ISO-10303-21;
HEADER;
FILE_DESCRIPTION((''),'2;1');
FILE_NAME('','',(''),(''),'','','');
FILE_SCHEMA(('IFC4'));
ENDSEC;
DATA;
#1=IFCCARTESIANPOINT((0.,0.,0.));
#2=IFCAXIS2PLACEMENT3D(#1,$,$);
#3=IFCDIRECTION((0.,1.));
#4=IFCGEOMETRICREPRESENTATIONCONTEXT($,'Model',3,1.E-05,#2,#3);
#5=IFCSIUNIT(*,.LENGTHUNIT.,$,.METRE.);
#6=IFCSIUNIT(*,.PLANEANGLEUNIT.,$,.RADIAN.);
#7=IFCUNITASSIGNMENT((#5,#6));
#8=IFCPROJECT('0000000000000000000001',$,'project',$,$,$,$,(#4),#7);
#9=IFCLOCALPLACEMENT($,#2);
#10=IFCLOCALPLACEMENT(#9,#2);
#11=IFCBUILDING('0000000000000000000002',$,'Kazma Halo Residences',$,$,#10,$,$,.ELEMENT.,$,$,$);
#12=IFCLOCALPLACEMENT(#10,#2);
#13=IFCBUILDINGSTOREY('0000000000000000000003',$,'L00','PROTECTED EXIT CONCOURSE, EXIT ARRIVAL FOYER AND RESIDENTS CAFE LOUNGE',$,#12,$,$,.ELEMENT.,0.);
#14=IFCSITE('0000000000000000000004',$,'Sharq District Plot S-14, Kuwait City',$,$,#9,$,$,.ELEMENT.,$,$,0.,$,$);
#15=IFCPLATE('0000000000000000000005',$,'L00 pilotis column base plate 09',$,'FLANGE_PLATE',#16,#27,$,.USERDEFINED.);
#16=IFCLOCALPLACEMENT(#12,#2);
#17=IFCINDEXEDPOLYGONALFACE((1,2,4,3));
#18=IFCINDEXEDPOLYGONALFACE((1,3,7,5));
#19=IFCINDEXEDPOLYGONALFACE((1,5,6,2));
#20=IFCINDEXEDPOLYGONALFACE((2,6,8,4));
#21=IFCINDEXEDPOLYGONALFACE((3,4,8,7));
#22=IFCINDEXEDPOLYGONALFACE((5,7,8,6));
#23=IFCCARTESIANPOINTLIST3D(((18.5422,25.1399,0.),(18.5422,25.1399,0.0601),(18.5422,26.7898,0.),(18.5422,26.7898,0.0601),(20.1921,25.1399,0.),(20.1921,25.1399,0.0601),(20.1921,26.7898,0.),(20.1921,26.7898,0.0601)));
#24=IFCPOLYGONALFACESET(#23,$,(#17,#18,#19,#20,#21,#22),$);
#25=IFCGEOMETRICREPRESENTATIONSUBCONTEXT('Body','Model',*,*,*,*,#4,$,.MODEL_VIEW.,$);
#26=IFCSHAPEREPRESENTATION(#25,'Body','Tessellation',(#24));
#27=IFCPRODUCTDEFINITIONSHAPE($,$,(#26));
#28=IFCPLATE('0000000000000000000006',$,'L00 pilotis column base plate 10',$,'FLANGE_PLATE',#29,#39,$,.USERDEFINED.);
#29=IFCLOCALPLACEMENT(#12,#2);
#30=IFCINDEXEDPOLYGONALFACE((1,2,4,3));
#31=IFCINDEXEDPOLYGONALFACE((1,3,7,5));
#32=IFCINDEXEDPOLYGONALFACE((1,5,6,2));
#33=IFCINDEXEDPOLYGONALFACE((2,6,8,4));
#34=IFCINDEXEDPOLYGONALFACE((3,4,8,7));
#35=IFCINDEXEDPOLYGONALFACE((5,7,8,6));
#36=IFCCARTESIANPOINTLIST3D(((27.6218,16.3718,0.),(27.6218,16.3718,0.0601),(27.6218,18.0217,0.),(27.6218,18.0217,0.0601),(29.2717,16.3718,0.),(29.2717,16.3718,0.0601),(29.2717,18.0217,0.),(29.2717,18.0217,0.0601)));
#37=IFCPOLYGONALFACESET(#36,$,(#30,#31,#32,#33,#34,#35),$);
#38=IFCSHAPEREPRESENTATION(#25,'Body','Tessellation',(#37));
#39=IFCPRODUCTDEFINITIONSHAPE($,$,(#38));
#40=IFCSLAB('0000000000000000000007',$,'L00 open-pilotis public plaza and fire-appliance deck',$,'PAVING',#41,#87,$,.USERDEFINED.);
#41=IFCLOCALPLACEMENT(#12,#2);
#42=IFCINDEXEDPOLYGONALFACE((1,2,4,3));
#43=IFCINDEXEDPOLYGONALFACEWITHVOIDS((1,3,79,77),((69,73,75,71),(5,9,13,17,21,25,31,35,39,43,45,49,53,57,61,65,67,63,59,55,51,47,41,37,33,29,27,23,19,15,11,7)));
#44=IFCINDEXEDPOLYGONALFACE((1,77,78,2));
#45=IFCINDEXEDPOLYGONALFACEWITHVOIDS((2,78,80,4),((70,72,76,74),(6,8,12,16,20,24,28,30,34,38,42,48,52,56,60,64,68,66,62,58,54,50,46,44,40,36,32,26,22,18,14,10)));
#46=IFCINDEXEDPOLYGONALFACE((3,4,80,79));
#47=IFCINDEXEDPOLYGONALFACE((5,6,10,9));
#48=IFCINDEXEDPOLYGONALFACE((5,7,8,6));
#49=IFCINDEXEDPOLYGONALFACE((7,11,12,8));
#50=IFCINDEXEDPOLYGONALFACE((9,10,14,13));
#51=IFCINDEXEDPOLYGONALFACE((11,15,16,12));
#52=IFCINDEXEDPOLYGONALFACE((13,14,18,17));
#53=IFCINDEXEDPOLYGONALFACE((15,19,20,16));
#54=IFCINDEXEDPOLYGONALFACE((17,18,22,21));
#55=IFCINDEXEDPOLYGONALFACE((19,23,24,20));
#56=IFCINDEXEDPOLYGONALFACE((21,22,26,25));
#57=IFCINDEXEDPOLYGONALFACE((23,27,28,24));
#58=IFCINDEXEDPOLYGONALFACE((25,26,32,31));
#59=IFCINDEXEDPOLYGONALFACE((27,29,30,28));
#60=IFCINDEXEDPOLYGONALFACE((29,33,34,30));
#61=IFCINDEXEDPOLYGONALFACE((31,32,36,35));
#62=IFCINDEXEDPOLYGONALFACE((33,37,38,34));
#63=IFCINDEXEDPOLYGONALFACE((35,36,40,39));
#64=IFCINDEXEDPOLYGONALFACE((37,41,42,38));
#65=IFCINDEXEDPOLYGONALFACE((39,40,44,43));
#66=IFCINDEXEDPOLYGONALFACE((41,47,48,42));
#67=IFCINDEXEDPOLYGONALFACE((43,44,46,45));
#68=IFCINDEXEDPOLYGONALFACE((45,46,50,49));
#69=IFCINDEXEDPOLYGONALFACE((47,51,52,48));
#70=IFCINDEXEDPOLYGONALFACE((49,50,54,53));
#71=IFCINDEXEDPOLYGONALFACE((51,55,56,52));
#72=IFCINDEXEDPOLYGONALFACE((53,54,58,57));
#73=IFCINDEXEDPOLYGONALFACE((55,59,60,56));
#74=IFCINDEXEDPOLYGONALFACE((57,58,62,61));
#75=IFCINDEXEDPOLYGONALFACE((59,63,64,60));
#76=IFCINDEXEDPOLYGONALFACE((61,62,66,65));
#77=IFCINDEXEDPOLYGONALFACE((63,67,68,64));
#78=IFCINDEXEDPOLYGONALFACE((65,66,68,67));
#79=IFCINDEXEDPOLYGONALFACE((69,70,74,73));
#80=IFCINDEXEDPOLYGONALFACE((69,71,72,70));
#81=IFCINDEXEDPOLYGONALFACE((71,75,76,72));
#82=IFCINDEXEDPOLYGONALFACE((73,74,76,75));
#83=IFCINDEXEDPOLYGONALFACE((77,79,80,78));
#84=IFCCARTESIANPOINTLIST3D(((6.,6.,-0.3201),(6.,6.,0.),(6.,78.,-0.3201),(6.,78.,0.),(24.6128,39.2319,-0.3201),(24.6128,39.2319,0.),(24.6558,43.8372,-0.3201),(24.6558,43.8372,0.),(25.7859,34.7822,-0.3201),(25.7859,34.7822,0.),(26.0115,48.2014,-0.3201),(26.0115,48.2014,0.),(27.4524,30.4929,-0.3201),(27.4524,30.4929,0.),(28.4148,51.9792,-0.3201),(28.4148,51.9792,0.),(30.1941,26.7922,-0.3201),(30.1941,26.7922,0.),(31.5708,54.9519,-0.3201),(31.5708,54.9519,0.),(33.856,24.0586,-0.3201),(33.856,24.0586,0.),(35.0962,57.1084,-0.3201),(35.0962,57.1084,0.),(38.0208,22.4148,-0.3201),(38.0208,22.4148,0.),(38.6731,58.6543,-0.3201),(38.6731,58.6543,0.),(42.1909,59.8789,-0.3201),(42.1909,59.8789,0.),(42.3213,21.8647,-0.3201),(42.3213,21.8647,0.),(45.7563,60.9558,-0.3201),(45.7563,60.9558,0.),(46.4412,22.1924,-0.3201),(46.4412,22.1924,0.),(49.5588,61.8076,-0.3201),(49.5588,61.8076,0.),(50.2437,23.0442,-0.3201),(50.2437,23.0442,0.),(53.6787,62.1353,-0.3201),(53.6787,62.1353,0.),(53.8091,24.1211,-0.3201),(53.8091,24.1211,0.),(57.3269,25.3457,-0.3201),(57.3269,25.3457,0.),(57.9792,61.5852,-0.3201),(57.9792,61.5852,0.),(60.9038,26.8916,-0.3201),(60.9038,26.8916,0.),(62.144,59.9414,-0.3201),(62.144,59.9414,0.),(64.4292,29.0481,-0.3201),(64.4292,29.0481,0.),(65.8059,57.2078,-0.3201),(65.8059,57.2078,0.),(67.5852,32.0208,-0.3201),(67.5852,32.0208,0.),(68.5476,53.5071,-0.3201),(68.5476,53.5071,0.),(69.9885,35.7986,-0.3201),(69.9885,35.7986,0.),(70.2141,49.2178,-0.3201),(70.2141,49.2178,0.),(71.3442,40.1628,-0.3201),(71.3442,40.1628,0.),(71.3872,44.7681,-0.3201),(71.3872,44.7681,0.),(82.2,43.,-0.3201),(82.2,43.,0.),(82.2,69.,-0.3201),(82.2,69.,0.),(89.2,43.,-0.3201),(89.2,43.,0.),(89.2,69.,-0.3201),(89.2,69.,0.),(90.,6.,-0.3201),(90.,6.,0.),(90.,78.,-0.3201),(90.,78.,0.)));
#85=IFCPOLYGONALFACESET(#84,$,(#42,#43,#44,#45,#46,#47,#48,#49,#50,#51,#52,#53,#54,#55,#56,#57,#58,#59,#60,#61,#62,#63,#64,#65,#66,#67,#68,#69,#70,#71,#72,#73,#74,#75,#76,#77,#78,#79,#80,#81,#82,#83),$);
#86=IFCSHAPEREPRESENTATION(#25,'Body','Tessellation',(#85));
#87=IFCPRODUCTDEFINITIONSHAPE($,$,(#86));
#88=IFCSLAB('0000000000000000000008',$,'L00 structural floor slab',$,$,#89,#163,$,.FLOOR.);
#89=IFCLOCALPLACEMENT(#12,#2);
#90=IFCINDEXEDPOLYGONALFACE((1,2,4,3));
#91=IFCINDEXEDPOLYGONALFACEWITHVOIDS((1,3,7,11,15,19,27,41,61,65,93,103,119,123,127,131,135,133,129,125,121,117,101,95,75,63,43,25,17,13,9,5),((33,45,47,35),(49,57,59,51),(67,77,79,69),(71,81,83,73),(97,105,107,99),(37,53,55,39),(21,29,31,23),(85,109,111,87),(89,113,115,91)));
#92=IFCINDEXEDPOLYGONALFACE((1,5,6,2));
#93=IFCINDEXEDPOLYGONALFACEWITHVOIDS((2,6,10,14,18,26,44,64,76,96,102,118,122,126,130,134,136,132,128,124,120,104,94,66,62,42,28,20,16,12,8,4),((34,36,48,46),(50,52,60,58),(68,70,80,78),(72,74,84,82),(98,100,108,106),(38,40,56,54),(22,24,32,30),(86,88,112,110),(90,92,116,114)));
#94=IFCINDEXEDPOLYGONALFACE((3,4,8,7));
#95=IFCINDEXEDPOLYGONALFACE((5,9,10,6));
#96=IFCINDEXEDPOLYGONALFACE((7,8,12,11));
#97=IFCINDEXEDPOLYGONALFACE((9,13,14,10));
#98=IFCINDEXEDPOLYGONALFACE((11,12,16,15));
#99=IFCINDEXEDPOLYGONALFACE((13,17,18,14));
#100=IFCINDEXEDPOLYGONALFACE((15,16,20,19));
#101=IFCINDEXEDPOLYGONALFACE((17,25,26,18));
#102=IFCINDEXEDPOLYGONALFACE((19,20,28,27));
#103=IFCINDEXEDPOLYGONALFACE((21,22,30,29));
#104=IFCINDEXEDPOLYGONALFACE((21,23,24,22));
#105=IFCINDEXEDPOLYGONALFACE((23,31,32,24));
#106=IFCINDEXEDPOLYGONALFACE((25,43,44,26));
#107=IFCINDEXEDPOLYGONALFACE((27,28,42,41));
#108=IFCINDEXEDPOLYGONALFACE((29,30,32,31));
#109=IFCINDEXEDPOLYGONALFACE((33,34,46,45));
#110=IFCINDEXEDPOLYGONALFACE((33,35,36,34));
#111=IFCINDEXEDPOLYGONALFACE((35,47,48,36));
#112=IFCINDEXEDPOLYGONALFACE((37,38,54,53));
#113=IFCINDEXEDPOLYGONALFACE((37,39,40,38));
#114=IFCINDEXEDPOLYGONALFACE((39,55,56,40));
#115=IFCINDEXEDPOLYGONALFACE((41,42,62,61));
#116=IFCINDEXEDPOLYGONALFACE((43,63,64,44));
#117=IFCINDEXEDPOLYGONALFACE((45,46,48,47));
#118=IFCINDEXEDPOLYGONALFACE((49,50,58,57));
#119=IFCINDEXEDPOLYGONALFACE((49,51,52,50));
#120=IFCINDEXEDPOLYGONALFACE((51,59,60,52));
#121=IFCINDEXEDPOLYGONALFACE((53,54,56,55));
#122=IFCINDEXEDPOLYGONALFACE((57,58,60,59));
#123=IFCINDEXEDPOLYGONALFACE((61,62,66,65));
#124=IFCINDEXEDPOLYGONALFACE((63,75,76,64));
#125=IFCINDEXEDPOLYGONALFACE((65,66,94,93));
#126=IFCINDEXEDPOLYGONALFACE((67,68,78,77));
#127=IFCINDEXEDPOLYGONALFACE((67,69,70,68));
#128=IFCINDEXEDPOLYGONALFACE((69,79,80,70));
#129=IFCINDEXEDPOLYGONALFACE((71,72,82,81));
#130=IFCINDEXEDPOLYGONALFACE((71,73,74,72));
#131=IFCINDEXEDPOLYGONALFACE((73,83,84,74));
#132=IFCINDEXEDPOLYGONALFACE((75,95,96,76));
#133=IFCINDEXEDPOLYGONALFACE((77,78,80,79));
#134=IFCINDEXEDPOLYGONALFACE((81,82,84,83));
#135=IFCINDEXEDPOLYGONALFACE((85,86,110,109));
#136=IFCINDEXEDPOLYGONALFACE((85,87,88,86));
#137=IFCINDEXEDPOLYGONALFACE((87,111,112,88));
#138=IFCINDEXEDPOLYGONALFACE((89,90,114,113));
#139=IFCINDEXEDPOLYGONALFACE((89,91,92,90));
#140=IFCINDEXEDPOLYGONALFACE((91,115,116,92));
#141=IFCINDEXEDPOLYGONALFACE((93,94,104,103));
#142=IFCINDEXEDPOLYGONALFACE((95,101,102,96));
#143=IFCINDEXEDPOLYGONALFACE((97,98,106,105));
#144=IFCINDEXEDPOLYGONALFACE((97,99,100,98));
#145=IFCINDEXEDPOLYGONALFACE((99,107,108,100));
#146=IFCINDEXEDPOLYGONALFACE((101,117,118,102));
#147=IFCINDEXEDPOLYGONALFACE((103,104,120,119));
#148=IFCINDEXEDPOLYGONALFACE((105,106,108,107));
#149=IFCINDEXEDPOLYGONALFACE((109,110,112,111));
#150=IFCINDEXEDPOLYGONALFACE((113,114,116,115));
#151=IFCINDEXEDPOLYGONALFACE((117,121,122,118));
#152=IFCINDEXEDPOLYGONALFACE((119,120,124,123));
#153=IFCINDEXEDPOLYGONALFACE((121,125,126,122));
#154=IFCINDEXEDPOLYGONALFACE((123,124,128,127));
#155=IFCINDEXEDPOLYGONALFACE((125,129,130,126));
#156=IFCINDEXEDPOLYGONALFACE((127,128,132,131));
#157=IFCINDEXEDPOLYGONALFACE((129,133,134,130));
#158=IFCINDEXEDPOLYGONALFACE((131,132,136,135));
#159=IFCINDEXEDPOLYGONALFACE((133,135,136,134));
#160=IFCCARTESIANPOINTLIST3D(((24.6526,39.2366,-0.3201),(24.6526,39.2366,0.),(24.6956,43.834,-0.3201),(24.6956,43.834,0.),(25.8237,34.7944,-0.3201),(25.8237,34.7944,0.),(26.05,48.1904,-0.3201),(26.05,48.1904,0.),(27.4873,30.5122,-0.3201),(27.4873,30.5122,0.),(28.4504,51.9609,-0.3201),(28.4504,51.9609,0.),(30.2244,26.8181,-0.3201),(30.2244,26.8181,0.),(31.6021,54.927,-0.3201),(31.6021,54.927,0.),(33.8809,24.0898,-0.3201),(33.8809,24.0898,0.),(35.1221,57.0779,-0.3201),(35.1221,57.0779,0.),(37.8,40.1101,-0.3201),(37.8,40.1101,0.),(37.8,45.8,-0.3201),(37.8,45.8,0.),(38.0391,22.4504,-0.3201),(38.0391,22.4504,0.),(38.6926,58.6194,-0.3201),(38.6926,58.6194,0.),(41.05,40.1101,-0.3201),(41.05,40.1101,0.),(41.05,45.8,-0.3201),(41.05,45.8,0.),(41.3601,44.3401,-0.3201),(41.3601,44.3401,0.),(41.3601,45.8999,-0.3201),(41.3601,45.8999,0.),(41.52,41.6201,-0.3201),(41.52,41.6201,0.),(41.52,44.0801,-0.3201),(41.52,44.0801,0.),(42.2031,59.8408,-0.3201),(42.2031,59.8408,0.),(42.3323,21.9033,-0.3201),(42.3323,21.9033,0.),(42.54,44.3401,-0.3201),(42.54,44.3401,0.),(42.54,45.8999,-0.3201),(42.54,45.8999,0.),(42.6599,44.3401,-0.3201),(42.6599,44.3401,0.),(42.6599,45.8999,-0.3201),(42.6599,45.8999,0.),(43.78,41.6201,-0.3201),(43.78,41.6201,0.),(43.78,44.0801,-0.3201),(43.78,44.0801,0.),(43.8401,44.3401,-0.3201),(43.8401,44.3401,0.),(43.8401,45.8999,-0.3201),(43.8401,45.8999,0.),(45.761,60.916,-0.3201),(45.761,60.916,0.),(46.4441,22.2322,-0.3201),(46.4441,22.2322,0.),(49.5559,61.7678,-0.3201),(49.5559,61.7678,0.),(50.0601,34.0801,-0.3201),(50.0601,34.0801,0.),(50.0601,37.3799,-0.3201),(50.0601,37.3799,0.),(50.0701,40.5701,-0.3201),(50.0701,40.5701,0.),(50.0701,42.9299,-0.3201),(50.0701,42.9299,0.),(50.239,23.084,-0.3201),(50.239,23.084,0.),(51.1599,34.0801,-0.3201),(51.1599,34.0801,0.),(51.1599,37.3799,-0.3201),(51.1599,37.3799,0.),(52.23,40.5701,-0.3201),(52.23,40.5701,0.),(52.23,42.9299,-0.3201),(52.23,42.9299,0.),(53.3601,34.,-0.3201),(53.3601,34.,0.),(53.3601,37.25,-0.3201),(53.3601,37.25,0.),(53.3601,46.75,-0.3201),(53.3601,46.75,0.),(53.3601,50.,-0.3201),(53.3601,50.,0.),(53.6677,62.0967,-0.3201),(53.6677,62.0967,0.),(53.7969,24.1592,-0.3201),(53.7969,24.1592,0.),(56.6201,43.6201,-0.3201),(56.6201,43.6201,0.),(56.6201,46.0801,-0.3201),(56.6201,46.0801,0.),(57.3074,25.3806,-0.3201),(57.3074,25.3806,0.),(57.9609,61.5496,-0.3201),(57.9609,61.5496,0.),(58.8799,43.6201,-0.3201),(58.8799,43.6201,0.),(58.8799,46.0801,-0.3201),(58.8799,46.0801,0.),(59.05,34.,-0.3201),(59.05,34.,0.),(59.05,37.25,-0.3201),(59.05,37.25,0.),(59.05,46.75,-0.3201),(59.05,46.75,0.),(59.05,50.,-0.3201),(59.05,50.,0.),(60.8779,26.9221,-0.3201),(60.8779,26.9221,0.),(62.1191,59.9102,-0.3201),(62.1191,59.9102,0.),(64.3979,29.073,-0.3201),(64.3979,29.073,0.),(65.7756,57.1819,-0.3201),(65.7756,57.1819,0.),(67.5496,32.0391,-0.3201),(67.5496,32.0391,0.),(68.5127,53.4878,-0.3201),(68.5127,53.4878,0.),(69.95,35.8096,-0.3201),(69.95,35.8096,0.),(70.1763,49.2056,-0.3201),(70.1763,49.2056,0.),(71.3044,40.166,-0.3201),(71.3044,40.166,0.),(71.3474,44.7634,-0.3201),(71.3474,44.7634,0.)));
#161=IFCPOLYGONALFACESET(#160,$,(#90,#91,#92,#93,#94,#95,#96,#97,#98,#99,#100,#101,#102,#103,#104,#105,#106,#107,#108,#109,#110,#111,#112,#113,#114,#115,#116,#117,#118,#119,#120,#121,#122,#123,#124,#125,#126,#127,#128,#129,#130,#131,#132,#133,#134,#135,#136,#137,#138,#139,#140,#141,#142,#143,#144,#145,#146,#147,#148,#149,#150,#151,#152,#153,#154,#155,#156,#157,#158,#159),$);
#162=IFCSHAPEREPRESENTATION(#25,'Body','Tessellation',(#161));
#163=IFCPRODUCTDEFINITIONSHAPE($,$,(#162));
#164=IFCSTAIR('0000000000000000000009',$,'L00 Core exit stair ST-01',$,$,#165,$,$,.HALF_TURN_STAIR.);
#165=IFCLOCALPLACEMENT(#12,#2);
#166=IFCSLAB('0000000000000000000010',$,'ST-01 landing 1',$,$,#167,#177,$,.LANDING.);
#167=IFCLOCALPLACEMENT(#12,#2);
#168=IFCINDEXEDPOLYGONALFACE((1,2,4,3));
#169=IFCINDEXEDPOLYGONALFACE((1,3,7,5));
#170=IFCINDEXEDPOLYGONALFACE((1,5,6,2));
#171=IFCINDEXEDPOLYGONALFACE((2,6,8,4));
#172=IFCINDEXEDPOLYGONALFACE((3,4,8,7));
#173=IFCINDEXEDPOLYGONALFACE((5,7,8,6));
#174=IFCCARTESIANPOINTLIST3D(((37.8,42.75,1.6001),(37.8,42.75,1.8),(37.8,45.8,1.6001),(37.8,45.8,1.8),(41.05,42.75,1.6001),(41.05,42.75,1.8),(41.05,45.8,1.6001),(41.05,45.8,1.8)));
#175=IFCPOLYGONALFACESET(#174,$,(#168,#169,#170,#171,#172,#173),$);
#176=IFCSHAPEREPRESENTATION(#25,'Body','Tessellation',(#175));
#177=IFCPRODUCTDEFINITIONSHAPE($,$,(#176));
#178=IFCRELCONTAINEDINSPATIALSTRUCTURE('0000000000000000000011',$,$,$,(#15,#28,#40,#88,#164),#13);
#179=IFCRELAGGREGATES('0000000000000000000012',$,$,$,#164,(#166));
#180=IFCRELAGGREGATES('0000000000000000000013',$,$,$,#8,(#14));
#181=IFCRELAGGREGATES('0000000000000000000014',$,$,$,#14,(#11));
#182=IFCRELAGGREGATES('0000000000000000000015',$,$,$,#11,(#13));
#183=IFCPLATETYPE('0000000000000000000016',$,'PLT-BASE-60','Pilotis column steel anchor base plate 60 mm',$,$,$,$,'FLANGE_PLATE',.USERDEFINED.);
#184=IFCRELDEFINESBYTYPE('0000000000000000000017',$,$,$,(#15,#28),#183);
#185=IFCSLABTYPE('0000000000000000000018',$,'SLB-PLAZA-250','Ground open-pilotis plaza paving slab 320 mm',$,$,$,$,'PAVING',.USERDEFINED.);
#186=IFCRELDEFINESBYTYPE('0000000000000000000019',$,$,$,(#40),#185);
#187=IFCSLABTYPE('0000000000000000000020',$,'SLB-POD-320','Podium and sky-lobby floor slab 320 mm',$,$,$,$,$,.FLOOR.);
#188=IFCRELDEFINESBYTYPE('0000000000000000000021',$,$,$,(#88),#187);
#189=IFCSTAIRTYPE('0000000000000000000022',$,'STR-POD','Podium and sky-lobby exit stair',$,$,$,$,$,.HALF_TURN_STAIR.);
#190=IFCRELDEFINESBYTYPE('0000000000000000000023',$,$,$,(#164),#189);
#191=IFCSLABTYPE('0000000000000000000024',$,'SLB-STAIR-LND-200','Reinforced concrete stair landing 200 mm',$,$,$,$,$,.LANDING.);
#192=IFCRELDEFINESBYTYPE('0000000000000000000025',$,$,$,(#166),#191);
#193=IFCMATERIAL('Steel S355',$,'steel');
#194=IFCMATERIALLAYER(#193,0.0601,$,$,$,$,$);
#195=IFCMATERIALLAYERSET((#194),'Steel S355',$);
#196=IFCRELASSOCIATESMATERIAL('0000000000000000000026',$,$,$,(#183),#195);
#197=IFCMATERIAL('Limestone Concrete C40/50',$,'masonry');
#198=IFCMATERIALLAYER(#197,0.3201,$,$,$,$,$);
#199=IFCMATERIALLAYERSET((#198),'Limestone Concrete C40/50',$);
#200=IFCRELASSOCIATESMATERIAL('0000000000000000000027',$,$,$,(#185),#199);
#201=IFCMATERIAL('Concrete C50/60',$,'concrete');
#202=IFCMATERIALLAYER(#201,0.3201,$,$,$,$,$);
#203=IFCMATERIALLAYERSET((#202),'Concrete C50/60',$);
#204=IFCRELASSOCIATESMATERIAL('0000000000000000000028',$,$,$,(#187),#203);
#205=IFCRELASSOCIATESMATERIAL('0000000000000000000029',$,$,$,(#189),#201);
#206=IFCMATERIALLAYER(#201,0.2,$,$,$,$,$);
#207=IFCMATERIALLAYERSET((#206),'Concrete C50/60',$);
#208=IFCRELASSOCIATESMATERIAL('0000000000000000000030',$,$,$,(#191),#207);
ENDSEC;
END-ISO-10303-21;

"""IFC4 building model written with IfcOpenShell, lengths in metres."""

from ifc_helpers import new_model, si_unit, direction, frame, origin, origin_2d, place, context, subcontext, project, spatial, polyline, rectangle, outline, extrude, material, layer, layer_set, type_object, element, aggregate, save


model = new_model("IFC4")

# Units and contexts
model_context = context("Model", 3, precision=1e-05, world=origin(), true_north=direction((0.0, 1.0)))
body_context = subcontext(model_context, "Body", "Model", "MODEL_VIEW")
ifc_project = project(units=[si_unit("LENGTHUNIT", "METRE"), si_unit("PLANEANGLEUNIT", "RADIAN")], contexts=[model_context])

# Site, building, storey
site_placement = place(None, origin())
site = spatial("IfcSite", under=ifc_project, at=site_placement, Name="Sharq District Plot S-14, Kuwait City", CompositionType="ELEMENT", RefElevation=0.0)
building_placement = place(site_placement, origin())
building = spatial("IfcBuilding", under=site, at=building_placement, Name="Kazma Halo Residences", CompositionType="ELEMENT")
storey_placement = place(building_placement, origin())
storey = spatial("IfcBuildingStorey", under=building, at=storey_placement, Name="L00", Description="PROTECTED EXIT CONCOURSE, EXIT ARRIVAL FOYER AND RESIDENTS CAFE LOUNGE", CompositionType="ELEMENT", Elevation=0.0)

# Shared definitions
ifc_material_1 = material(Name="Concrete C50/60", Category="concrete")

# Shared definitions
ifc_material_2 = material(Name="Steel S355", Category="steel")

# Plates
ifc_layer_1 = layer(ifc_material_2, 0.0601)
ifc_layer_set_1 = layer_set([ifc_layer_1], Name="Steel S355")
plate_type_1 = type_object("IfcPlateType", Name="PLT-BASE-60", Description="Pilotis column steel anchor base plate 60 mm", ElementType="FLANGE_PLATE", PredefinedType="USERDEFINED", material=ifc_layer_set_1)
for number, where, z_axis, x_axis, name in (
    (1, (19.3672, 25.9648, 0.0), (0.0, 0.0, 1.0), (1.0, 0.0, 0.0), "L00 pilotis column base plate 09"),
    (2, (28.4468, 17.1968, 0.0), (0.0, 0.0, 1.0), (1.0, 0.0, 0.0), "L00 pilotis column base plate 10"),
):
    element("IfcPlate", number, at=place(storey_placement, frame(where, z_axis=z_axis, x_axis=x_axis)), inside=storey, type_object=plate_type_1, Name=name, ObjectType="FLANGE_PLATE", PredefinedType="USERDEFINED", context=body_context, shape_type="SweptSolid", body=[
        extrude(rectangle(XDim=1.6499, YDim=1.6499, at=origin_2d()), origin(), (0.0, 0.0, 1.0), 0.0601),
    ])

# Slabs
ifc_material_3 = material(Name="Limestone Concrete C40/50", Category="masonry")
ifc_layer_2 = layer(ifc_material_3, 0.3201)
ifc_layer_set_2 = layer_set([ifc_layer_2], Name="Limestone Concrete C40/50")
slab_type_1 = type_object("IfcSlabType", Name="SLB-PLAZA-250", Description="Ground open-pilotis plaza paving slab 320 mm", ElementType="PAVING", PredefinedType="USERDEFINED", material=ifc_layer_set_2)
slab_1_placement = place(storey_placement, frame((0.0, 0.0, -0.3201)))
element("IfcSlab", 3, at=slab_1_placement, inside=storey, type_object=slab_type_1, Name="L00 open-pilotis public plaza and fire-appliance deck", ObjectType="PAVING", PredefinedType="USERDEFINED", context=body_context, shape_type="SweptSolid", body=[
    extrude(outline(polyline([(6.0, 6.0), (90.0, 6.0), (90.0, 78.0), (6.0, 78.0), (6.0, 6.0)]), holes=[polyline([(70.2141, 49.2178), (68.5476, 53.5071), (65.8059, 57.2078), (62.144, 59.9414), (57.9792, 61.5852), (53.6787, 62.1353), (49.5588, 61.8076), (45.7563, 60.9558), (42.1909, 59.8789), (38.6731, 58.6543), (35.0962, 57.1084), (31.5708, 54.9519), (28.4148, 51.9792), (26.0115, 48.2014), (24.6558, 43.8372), (24.6128, 39.2319), (25.7859, 34.7822), (27.4524, 30.4929), (30.1941, 26.7922), (33.856, 24.0586), (38.0208, 22.4148), (42.3213, 21.8647), (46.4412, 22.1924), (50.2437, 23.0442), (53.8091, 24.1211), (57.3269, 25.3457), (60.9038, 26.8916), (64.4292, 29.0481), (67.5852, 32.0208), (69.9885, 35.7986), (71.3442, 40.1628), (71.3872, 44.7681), (70.2141, 49.2178)]), polyline([(82.2, 43.0), (89.2, 43.0), (89.2, 69.0), (82.2, 69.0), (82.2, 43.0)])]), origin(), (0.0, 0.0, 1.0), 0.3201),
])
ifc_layer_3 = layer(ifc_material_1, 0.3201)
ifc_layer_set_3 = layer_set([ifc_layer_3], Name="Concrete C50/60")
slab_type_2 = type_object("IfcSlabType", Name="SLB-POD-320", Description="Podium and sky-lobby floor slab 320 mm", PredefinedType="FLOOR", material=ifc_layer_set_3)
slab_2_placement = place(storey_placement, frame((0.0, 0.0, -0.3201)))
element("IfcSlab", 4, at=slab_2_placement, inside=storey, type_object=slab_type_2, Name="L00 structural floor slab", PredefinedType="FLOOR", context=body_context, shape_type="SweptSolid", body=[
    extrude(outline(polyline([(70.1763, 49.2056), (68.5127, 53.4878), (65.7756, 57.1819), (62.1191, 59.9102), (57.9609, 61.5496), (53.6677, 62.0967), (49.5559, 61.7678), (45.761, 60.916), (42.2031, 59.8408), (38.6926, 58.6194), (35.1221, 57.0779), (31.6021, 54.927), (28.4504, 51.9609), (26.05, 48.1904), (24.6956, 43.834), (24.6526, 39.2366), (25.8237, 34.7944), (27.4873, 30.5122), (30.2244, 26.8181), (33.8809, 24.0898), (38.0391, 22.4504), (42.3323, 21.9033), (46.4441, 22.2322), (50.239, 23.084), (53.7969, 24.1592), (57.3074, 25.3806), (60.8779, 26.9221), (64.3979, 29.073), (67.5496, 32.0391), (69.95, 35.8096), (71.3044, 40.166), (71.3474, 44.7634), (70.1763, 49.2056)]), holes=[polyline([(37.8, 40.1101), (41.05, 40.1101), (41.05, 45.8), (37.8, 45.8), (37.8, 40.1101)]), polyline([(53.3601, 46.75), (59.05, 46.75), (59.05, 50.0), (53.3601, 50.0), (53.3601, 46.75)]), polyline([(53.3601, 34.0), (59.05, 34.0), (59.05, 37.25), (53.3601, 37.25), (53.3601, 34.0)]), polyline([(41.52, 41.6201), (43.78, 41.6201), (43.78, 44.0801), (41.52, 44.0801), (41.52, 41.6201)]), polyline([(56.6201, 43.6201), (58.8799, 43.6201), (58.8799, 46.0801), (56.6201, 46.0801), (56.6201, 43.6201)]), polyline([(50.0701, 40.5701), (52.23, 40.5701), (52.23, 42.9299), (50.0701, 42.9299), (50.0701, 40.5701)]), polyline([(41.3601, 44.3401), (42.54, 44.3401), (42.54, 45.8999), (41.3601, 45.8999), (41.3601, 44.3401)]), polyline([(42.6599, 44.3401), (43.8401, 44.3401), (43.8401, 45.8999), (42.6599, 45.8999), (42.6599, 44.3401)]), polyline([(50.0601, 34.0801), (51.1599, 34.0801), (51.1599, 37.3799), (50.0601, 37.3799), (50.0601, 34.0801)])]), origin(), (0.0, 0.0, 1.0), 0.3201),
])

# Stair, slab
stair_type = type_object("IfcStairType", Name="STR-POD", Description="Podium and sky-lobby exit stair", PredefinedType="HALF_TURN_STAIR", material=ifc_material_1)
stair_1_placement = place(storey_placement, origin())
stair_1 = element("IfcStair", 5, at=stair_1_placement, inside=storey, type_object=stair_type, Name="L00 Core exit stair ST-01", PredefinedType="HALF_TURN_STAIR")
ifc_layer_4 = layer(ifc_material_1, 0.2)
ifc_layer_set_4 = layer_set([ifc_layer_4], Name="Concrete C50/60")
slab_type_3 = type_object("IfcSlabType", Name="SLB-STAIR-LND-200", Description="Reinforced concrete stair landing 200 mm", PredefinedType="LANDING", material=ifc_layer_set_4)
slab_3_placement = place(storey_placement, frame((0.0, 0.0, 1.6001)))
slab_3 = element("IfcSlab", 6, at=slab_3_placement, type_object=slab_type_3, Name="ST-01 landing 1", PredefinedType="LANDING", context=body_context, shape_type="SweptSolid", body=[
    extrude(outline(polyline([(41.05, 42.75), (41.05, 45.8), (37.8, 45.8), (37.8, 42.75), (41.05, 42.75)])), origin(), (0.0, 0.0, 1.0), 0.2),
])
aggregate(stair_1, [slab_3])

save(model, "model.ifc")
